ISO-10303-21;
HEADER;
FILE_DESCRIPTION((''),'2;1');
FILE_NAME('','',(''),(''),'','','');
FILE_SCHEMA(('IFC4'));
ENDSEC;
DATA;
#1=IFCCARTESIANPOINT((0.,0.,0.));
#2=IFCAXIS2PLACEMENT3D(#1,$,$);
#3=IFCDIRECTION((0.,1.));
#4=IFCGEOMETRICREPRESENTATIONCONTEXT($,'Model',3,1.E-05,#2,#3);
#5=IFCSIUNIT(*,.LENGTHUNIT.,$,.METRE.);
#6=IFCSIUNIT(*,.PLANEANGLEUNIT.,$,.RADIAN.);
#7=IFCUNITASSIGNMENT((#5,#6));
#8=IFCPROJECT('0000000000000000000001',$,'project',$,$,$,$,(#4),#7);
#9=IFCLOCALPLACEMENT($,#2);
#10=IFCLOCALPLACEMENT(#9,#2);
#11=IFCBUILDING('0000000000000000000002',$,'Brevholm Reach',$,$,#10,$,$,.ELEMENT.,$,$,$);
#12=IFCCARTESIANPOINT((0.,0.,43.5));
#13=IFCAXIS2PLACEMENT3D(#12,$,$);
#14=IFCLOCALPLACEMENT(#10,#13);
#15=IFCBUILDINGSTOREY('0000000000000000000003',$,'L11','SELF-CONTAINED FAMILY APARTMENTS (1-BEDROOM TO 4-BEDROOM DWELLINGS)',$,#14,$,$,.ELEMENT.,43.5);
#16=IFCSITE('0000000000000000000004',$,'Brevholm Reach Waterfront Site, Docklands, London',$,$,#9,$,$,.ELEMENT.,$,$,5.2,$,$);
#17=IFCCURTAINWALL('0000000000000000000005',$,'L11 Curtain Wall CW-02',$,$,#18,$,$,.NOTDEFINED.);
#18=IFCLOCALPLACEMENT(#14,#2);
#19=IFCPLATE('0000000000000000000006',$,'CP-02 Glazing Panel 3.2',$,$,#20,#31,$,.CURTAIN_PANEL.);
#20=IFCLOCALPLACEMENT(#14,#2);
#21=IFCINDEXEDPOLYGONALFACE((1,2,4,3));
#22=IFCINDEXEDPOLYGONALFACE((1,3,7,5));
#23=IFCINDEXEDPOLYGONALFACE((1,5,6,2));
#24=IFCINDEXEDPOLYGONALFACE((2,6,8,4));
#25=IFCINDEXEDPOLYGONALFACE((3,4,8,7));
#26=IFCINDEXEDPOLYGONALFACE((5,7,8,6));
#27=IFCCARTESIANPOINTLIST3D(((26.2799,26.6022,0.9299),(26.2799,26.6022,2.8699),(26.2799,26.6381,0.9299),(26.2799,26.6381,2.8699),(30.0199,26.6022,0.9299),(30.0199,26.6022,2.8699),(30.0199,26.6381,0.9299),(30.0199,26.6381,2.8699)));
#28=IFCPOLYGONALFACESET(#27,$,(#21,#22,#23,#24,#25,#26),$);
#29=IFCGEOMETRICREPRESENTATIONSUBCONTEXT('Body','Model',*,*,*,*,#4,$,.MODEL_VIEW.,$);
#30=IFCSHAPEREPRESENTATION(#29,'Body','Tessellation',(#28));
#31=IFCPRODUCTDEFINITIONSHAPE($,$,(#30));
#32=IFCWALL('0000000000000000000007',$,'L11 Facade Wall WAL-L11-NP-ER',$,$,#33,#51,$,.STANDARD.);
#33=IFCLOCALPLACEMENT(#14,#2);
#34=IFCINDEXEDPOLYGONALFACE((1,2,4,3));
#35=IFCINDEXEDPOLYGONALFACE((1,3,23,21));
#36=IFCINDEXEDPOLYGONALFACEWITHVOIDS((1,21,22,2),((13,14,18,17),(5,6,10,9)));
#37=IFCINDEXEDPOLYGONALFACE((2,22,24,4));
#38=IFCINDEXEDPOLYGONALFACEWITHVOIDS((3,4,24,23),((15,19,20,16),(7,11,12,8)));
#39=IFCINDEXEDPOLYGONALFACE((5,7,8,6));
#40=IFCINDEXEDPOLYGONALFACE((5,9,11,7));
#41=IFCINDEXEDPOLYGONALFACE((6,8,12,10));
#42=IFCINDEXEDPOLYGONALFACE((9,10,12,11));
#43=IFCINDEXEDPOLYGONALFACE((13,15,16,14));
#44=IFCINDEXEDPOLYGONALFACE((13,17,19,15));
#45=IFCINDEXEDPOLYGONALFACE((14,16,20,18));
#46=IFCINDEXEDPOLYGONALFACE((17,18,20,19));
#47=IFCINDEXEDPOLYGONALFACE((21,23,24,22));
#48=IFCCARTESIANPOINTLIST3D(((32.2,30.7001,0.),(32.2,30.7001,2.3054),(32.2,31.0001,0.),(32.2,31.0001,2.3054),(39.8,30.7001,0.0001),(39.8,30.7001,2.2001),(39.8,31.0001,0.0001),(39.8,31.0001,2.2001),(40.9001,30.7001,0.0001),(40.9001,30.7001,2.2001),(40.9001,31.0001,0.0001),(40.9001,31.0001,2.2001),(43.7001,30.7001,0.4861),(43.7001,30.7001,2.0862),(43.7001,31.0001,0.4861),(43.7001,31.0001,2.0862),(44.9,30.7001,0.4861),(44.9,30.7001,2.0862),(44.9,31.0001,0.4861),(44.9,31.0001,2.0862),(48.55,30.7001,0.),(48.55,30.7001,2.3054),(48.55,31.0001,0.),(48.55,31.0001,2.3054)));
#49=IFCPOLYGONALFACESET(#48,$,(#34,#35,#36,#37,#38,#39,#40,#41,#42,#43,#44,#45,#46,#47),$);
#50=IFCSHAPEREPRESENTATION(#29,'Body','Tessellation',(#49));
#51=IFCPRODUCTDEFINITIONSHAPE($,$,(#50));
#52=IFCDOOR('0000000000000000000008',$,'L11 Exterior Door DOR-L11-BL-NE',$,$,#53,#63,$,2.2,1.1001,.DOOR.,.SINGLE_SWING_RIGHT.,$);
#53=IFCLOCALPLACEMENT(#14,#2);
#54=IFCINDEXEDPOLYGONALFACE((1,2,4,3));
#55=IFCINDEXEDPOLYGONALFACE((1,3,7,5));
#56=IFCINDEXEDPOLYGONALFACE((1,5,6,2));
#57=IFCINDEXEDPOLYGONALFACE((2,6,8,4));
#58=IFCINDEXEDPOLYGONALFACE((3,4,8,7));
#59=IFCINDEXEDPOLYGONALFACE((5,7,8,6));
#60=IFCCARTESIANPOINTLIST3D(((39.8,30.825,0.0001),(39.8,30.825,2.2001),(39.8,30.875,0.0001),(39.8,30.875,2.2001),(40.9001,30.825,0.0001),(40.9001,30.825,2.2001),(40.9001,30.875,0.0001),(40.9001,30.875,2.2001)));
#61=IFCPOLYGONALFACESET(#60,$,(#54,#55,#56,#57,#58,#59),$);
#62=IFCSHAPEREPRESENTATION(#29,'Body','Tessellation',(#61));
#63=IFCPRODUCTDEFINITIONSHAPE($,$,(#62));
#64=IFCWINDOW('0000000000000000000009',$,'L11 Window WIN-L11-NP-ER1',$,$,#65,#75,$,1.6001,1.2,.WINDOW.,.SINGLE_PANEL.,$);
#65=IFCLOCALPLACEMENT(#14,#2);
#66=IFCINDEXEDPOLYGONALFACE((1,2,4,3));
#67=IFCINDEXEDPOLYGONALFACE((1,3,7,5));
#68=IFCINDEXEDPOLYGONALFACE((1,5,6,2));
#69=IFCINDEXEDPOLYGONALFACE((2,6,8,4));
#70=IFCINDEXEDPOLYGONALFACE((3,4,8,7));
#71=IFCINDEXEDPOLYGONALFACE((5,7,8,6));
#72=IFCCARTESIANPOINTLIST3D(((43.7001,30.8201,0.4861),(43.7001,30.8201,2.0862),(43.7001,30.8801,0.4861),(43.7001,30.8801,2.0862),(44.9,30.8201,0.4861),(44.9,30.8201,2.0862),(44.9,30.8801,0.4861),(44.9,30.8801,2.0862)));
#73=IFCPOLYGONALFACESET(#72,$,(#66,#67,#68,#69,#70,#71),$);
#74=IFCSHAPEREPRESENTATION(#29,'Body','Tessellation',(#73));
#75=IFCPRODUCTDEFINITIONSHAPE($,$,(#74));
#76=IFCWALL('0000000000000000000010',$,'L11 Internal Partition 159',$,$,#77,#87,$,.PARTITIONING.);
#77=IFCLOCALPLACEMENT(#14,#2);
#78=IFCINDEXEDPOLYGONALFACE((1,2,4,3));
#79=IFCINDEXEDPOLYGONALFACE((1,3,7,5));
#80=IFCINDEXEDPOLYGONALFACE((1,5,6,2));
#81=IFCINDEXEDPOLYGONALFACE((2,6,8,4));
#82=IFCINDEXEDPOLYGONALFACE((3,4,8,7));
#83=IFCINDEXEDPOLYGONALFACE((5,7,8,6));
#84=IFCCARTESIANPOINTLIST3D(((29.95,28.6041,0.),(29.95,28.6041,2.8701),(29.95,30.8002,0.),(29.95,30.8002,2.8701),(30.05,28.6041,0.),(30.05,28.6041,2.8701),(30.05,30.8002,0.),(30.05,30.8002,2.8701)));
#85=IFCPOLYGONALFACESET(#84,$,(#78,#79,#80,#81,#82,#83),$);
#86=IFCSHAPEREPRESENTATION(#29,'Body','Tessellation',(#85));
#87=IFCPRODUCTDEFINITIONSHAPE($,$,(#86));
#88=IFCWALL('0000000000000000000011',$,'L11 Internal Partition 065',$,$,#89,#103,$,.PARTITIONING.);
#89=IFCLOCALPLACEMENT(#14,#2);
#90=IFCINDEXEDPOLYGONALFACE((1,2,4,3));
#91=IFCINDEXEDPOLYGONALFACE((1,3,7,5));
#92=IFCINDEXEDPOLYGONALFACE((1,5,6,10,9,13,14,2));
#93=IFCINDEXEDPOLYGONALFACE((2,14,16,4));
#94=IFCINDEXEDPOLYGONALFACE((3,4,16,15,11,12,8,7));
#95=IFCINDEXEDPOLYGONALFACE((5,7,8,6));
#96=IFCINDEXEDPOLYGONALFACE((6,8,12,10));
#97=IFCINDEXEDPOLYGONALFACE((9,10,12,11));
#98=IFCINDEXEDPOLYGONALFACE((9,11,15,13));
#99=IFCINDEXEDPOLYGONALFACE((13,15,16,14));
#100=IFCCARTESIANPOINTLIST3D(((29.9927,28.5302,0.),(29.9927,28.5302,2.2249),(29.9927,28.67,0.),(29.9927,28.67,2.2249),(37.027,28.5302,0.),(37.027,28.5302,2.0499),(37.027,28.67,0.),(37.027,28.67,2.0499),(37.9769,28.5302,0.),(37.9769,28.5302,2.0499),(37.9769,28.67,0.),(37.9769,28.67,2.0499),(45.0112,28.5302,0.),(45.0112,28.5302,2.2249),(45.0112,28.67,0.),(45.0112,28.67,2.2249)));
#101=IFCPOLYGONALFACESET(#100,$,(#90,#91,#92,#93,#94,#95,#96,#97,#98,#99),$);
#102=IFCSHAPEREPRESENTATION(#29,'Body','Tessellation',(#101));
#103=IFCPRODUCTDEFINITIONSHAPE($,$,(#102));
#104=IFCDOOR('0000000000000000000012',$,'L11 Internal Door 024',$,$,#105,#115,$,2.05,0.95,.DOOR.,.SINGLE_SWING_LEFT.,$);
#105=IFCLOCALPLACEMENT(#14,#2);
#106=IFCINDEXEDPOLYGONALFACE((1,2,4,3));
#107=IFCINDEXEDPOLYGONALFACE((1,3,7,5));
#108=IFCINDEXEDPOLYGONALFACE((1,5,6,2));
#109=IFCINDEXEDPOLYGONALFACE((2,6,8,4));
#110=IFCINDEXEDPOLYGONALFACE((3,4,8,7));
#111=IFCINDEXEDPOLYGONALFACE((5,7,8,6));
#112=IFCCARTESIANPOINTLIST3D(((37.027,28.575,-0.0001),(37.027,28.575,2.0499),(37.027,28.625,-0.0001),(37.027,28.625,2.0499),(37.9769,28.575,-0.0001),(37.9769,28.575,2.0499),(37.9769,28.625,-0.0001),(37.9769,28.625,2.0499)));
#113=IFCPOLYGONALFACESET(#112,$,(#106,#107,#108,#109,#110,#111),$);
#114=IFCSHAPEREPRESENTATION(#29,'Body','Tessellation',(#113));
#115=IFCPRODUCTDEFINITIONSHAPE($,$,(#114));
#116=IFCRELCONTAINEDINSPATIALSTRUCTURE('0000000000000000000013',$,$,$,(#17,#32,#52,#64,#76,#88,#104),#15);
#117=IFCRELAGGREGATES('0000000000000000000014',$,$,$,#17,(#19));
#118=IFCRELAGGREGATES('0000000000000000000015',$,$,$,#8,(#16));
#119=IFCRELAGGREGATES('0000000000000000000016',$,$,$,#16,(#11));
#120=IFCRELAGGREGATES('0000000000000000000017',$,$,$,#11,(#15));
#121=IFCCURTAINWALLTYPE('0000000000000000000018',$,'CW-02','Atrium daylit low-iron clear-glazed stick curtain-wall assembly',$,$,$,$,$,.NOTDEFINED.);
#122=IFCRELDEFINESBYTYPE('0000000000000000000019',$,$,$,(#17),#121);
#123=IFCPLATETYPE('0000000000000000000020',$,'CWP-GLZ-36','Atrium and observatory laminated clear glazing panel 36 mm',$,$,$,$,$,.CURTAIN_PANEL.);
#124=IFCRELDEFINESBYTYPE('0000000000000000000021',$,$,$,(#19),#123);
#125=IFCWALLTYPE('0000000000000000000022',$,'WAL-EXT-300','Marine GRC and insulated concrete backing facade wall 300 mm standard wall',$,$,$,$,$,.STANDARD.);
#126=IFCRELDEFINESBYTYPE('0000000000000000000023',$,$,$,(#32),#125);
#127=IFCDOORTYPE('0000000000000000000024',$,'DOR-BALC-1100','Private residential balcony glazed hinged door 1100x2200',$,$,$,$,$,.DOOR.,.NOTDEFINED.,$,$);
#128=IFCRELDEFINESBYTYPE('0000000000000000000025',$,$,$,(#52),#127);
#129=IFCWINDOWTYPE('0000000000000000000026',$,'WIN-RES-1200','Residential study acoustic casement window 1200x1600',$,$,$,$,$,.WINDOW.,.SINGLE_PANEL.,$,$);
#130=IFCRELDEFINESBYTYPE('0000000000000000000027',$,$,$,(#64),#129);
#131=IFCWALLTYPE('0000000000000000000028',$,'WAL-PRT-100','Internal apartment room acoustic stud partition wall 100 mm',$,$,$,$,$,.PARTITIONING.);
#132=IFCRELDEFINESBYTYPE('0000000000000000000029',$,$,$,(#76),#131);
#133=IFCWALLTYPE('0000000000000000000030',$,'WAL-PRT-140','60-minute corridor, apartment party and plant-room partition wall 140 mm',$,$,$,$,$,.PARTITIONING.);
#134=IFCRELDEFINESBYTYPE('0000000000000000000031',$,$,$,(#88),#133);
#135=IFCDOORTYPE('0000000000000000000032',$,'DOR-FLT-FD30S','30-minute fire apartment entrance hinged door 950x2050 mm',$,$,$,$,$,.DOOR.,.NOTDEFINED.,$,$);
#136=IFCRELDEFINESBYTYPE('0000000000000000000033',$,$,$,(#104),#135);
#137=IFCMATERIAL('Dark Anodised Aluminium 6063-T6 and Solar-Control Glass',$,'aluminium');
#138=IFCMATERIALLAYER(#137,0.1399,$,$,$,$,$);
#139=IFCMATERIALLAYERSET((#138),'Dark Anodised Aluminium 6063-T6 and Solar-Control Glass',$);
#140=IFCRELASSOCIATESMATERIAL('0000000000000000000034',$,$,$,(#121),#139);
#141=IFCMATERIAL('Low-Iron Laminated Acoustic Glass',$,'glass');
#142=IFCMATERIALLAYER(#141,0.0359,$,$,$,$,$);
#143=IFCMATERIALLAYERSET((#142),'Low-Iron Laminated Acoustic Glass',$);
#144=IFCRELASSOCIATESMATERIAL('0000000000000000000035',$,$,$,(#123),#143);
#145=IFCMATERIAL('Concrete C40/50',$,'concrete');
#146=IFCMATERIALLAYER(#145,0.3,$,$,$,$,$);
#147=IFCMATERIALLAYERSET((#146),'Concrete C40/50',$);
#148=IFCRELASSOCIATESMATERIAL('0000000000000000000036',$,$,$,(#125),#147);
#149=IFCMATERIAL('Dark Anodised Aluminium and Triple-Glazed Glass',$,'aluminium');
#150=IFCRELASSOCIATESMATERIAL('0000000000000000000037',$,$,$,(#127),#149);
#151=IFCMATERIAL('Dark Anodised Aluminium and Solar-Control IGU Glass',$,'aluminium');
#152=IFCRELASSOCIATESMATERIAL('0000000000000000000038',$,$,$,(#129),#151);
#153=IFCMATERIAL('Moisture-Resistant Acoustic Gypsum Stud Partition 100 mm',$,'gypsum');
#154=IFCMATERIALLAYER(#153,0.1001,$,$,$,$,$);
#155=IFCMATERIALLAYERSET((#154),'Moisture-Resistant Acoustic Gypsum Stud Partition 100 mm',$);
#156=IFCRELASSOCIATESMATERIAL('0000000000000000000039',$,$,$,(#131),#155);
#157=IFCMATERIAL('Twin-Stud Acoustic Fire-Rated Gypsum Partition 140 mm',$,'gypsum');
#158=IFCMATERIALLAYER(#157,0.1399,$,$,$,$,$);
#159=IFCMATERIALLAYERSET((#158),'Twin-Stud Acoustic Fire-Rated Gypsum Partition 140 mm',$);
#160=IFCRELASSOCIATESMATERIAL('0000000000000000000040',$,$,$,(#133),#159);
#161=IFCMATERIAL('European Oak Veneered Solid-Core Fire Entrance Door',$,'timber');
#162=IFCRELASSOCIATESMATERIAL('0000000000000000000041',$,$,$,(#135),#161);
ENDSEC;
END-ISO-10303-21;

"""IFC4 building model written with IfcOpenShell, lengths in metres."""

from ifc_helpers import new_model, si_unit, direction, frame, frame_2d, origin, origin_2d, place, context, subcontext, project, spatial, rectangle, extrude, material, layer, layer_set, type_object, element, fill, aggregate, save


model = new_model("IFC4")

# Units and contexts
model_context = context("Model", 3, precision=1e-05, world=origin(), true_north=direction((0.0, 1.0)))
body_context = subcontext(model_context, "Body", "Model", "MODEL_VIEW")
ifc_project = project(units=[si_unit("LENGTHUNIT", "METRE"), si_unit("PLANEANGLEUNIT", "RADIAN")], contexts=[model_context])

# Site, building, storey
site_placement = place(None, origin())
site = spatial("IfcSite", under=ifc_project, at=site_placement, Name="Brevholm Reach Waterfront Site, Docklands, London", CompositionType="ELEMENT", RefElevation=5.2)
building_placement = place(site_placement, origin())
building = spatial("IfcBuilding", under=site, at=building_placement, Name="Brevholm Reach", CompositionType="ELEMENT")
storey_placement = place(building_placement, frame((0.0, 0.0, 43.5)))
storey = spatial("IfcBuildingStorey", under=building, at=storey_placement, Name="L11", Description="SELF-CONTAINED FAMILY APARTMENTS (1-BEDROOM TO 4-BEDROOM DWELLINGS)", CompositionType="ELEMENT", Elevation=43.5)

# Curtain wall
ifc_material_1 = material(Name="Dark Anodised Aluminium 6063-T6 and Solar-Control Glass", Category="aluminium")
ifc_layer_1 = layer(ifc_material_1, 0.1399)
ifc_layer_set_1 = layer_set([ifc_layer_1], Name="Dark Anodised Aluminium 6063-T6 and Solar-Control Glass")
curtain_wall_type_1 = type_object("IfcCurtainWallType", Name="CW-02", Description="Atrium daylit low-iron clear-glazed stick curtain-wall assembly", PredefinedType="NOTDEFINED", material=ifc_layer_set_1)
curtain_wall_1_placement = place(storey_placement, origin())
curtain_wall_1 = element("IfcCurtainWall", 1, at=curtain_wall_1_placement, inside=storey, type_object=curtain_wall_type_1, Name="L11 Curtain Wall CW-02", PredefinedType="NOTDEFINED")

# Plate
ifc_material_2 = material(Name="Low-Iron Laminated Acoustic Glass", Category="glass")
ifc_layer_2 = layer(ifc_material_2, 0.0359)
ifc_layer_set_2 = layer_set([ifc_layer_2], Name="Low-Iron Laminated Acoustic Glass")
plate_type_1 = type_object("IfcPlateType", Name="CWP-GLZ-36", Description="Atrium and observatory laminated clear glazing panel 36 mm", PredefinedType="CURTAIN_PANEL", material=ifc_layer_set_2)
plate_1_placement = place(storey_placement, frame((28.1499, 26.6201, 0.9299), z_axis=(0.0, 0.0, 1.0), x_axis=(-1.0, 0.0, 0.0)))
plate_1 = element("IfcPlate", 2, at=plate_1_placement, type_object=plate_type_1, Name="CP-02 Glazing Panel 3.2", PredefinedType="CURTAIN_PANEL", context=body_context, shape_type="SweptSolid", body=[
    extrude(rectangle(XDim=3.74, YDim=0.0359, at=origin_2d()), origin(), (0.0, 0.0, 1.0), 1.9399),
])
aggregate(curtain_wall_1, [plate_1])

# Wall, openings, door, window
ifc_material_3 = material(Name="Concrete C40/50", Category="concrete")
ifc_layer_3 = layer(ifc_material_3, 0.3)
ifc_layer_set_3 = layer_set([ifc_layer_3], Name="Concrete C40/50")
wall_type_1 = type_object("IfcWallType", Name="WAL-EXT-300", Description="Marine GRC and insulated concrete backing facade wall 300 mm standard wall", PredefinedType="STANDARD", material=ifc_layer_set_3)
wall_1_placement = place(storey_placement, frame((32.2, 30.8501, 0.0), z_axis=(0.0, 0.0, 1.0), x_axis=(1.0, 0.0, 0.0)))
wall_1 = element("IfcWall", 3, at=wall_1_placement, inside=storey, type_object=wall_type_1, Name="L11 Facade Wall WAL-L11-NP-ER", PredefinedType="STANDARD", context=body_context, shape_type="SweptSolid", body=[
    extrude(rectangle(XDim=16.3501, YDim=0.3, at=frame_2d((8.175, 0.0))), origin(), (0.0, 0.0, 1.0), 2.3054),
])
opening_1_placement = place(wall_1_placement, frame((7.6001, 0.0, 0.0)))
opening_1 = element("IfcOpeningElement", 4, at=opening_1_placement, cuts=wall_1, PredefinedType="OPENING", context=body_context, shape_type="SweptSolid", body=[
    extrude(rectangle(XDim=1.1001, YDim=2.2, at=frame_2d((0.55, 1.1001))), frame((0.0, 0.1599, 0.0), z_axis=(0.0, -1.0, 0.0), x_axis=(1.0, 0.0, 0.0)), (0.0, 0.0, 1.0), 0.3201),
])
opening_2_placement = place(wall_1_placement, frame((11.5, 0.0, 0.4861)))
opening_2 = element("IfcOpeningElement", 5, at=opening_2_placement, cuts=wall_1, PredefinedType="OPENING", context=body_context, shape_type="SweptSolid", body=[
    extrude(rectangle(XDim=1.2, YDim=1.6001, at=frame_2d((0.6001, 0.8))), frame((0.0, 0.1599, 0.0), z_axis=(0.0, -1.0, 0.0), x_axis=(1.0, 0.0, 0.0)), (0.0, 0.0, 1.0), 0.3201),
])
ifc_material_4 = material(Name="Dark Anodised Aluminium and Triple-Glazed Glass", Category="aluminium")
door_type_1 = type_object("IfcDoorType", Name="DOR-BALC-1100", Description="Private residential balcony glazed hinged door 1100x2200", OperationType="NOTDEFINED", PredefinedType="DOOR", material=ifc_material_4)
door_1_placement = place(opening_1_placement, origin())
door_1 = element("IfcDoor", 6, at=door_1_placement, inside=storey, type_object=door_type_1, Name="L11 Exterior Door DOR-L11-BL-NE", OperationType="SINGLE_SWING_RIGHT", OverallHeight=2.2, OverallWidth=1.1001, PredefinedType="DOOR", context=body_context, shape_type="SweptSolid", body=[
    extrude(rectangle(XDim=1.1001, YDim=2.2, at=frame_2d((0.55, 1.1001))), frame((0.0, 0.0249, 0.0), z_axis=(0.0, -1.0, 0.0), x_axis=(1.0, 0.0, 0.0)), (0.0, 0.0, 1.0), 0.05),
])
fill(opening_1, door_1)
ifc_material_5 = material(Name="Dark Anodised Aluminium and Solar-Control IGU Glass", Category="aluminium")
window_type = type_object("IfcWindowType", Name="WIN-RES-1200", Description="Residential study acoustic casement window 1200x1600", PartitioningType="SINGLE_PANEL", PredefinedType="WINDOW", material=ifc_material_5)
window_placement = place(opening_2_placement, origin())
window = element("IfcWindow", 7, at=window_placement, inside=storey, type_object=window_type, Name="L11 Window WIN-L11-NP-ER1", OverallHeight=1.6001, OverallWidth=1.2, PartitioningType="SINGLE_PANEL", PredefinedType="WINDOW", context=body_context, shape_type="SweptSolid", body=[
    extrude(rectangle(XDim=1.2, YDim=1.6001, at=frame_2d((0.6001, 0.8))), frame((0.0, 0.03, 0.0), z_axis=(0.0, -1.0, 0.0), x_axis=(1.0, 0.0, 0.0)), (0.0, 0.0, 1.0), 0.0601),
])
fill(opening_2, window)

# Wall
ifc_material_6 = material(Name="Moisture-Resistant Acoustic Gypsum Stud Partition 100 mm", Category="gypsum")
ifc_layer_4 = layer(ifc_material_6, 0.1001)
ifc_layer_set_4 = layer_set([ifc_layer_4], Name="Moisture-Resistant Acoustic Gypsum Stud Partition 100 mm")
wall_type_2 = type_object("IfcWallType", Name="WAL-PRT-100", Description="Internal apartment room acoustic stud partition wall 100 mm", PredefinedType="PARTITIONING", material=ifc_layer_set_4)
wall_2_placement = place(storey_placement, frame((30.0, 28.604, 0.0), z_axis=(0.0, 0.0, 1.0), x_axis=(0.0, 1.0, 0.0)))
element("IfcWall", 8, at=wall_2_placement, inside=storey, type_object=wall_type_2, Name="L11 Internal Partition 159", PredefinedType="PARTITIONING", context=body_context, shape_type="SweptSolid", body=[
    extrude(rectangle(XDim=2.196, YDim=0.1001, at=frame_2d((1.0981, 0.0))), origin(), (0.0, 0.0, 1.0), 2.8701),
])

# Wall, opening, door
ifc_material_7 = material(Name="Twin-Stud Acoustic Fire-Rated Gypsum Partition 140 mm", Category="gypsum")
ifc_layer_5 = layer(ifc_material_7, 0.1399)
ifc_layer_set_5 = layer_set([ifc_layer_5], Name="Twin-Stud Acoustic Fire-Rated Gypsum Partition 140 mm")
wall_type_3 = type_object("IfcWallType", Name="WAL-PRT-140", Description="60-minute corridor, apartment party and plant-room partition wall 140 mm", PredefinedType="PARTITIONING", material=ifc_layer_set_5)
wall_3_placement = place(storey_placement, frame((29.9927, 28.6001, 0.0), z_axis=(0.0, 0.0, 1.0), x_axis=(1.0, 0.0, 0.0)))
wall_3 = element("IfcWall", 9, at=wall_3_placement, inside=storey, type_object=wall_type_3, Name="L11 Internal Partition 065", PredefinedType="PARTITIONING", context=body_context, shape_type="SweptSolid", body=[
    extrude(rectangle(XDim=15.0186, YDim=0.1399, at=frame_2d((7.5093, 0.0))), origin(), (0.0, 0.0, 1.0), 2.2249),
])
opening_3_placement = place(wall_3_placement, frame((7.0342, 0.0, 0.0)))
opening_3 = element("IfcOpeningElement", 10, at=opening_3_placement, cuts=wall_3, PredefinedType="OPENING", context=body_context, shape_type="SweptSolid", body=[
    extrude(rectangle(XDim=0.95, YDim=2.05, at=frame_2d((0.4751, 1.0249))), frame((0.0, 0.0798, 0.0), z_axis=(0.0, -1.0, 0.0), x_axis=(1.0, 0.0, 0.0)), (0.0, 0.0, 1.0), 0.1599),
])
ifc_material_8 = material(Name="European Oak Veneered Solid-Core Fire Entrance Door", Category="timber")
door_type_2 = type_object("IfcDoorType", Name="DOR-FLT-FD30S", Description="30-minute fire apartment entrance hinged door 950x2050 mm", OperationType="NOTDEFINED", PredefinedType="DOOR", material=ifc_material_8)
door_2_placement = place(opening_3_placement, origin())
door_2 = element("IfcDoor", 11, at=door_2_placement, inside=storey, type_object=door_type_2, Name="L11 Internal Door 024", OperationType="SINGLE_SWING_LEFT", OverallHeight=2.05, OverallWidth=0.95, PredefinedType="DOOR", context=body_context, shape_type="SweptSolid", body=[
    extrude(rectangle(XDim=0.95, YDim=2.05, at=frame_2d((0.4751, 1.0249))), frame((0.0, 0.0249, 0.0), z_axis=(0.0, -1.0, 0.0), x_axis=(1.0, 0.0, 0.0)), (0.0, 0.0, 1.0), 0.05),
])
fill(opening_3, door_2)

save(model, "model.ifc")
